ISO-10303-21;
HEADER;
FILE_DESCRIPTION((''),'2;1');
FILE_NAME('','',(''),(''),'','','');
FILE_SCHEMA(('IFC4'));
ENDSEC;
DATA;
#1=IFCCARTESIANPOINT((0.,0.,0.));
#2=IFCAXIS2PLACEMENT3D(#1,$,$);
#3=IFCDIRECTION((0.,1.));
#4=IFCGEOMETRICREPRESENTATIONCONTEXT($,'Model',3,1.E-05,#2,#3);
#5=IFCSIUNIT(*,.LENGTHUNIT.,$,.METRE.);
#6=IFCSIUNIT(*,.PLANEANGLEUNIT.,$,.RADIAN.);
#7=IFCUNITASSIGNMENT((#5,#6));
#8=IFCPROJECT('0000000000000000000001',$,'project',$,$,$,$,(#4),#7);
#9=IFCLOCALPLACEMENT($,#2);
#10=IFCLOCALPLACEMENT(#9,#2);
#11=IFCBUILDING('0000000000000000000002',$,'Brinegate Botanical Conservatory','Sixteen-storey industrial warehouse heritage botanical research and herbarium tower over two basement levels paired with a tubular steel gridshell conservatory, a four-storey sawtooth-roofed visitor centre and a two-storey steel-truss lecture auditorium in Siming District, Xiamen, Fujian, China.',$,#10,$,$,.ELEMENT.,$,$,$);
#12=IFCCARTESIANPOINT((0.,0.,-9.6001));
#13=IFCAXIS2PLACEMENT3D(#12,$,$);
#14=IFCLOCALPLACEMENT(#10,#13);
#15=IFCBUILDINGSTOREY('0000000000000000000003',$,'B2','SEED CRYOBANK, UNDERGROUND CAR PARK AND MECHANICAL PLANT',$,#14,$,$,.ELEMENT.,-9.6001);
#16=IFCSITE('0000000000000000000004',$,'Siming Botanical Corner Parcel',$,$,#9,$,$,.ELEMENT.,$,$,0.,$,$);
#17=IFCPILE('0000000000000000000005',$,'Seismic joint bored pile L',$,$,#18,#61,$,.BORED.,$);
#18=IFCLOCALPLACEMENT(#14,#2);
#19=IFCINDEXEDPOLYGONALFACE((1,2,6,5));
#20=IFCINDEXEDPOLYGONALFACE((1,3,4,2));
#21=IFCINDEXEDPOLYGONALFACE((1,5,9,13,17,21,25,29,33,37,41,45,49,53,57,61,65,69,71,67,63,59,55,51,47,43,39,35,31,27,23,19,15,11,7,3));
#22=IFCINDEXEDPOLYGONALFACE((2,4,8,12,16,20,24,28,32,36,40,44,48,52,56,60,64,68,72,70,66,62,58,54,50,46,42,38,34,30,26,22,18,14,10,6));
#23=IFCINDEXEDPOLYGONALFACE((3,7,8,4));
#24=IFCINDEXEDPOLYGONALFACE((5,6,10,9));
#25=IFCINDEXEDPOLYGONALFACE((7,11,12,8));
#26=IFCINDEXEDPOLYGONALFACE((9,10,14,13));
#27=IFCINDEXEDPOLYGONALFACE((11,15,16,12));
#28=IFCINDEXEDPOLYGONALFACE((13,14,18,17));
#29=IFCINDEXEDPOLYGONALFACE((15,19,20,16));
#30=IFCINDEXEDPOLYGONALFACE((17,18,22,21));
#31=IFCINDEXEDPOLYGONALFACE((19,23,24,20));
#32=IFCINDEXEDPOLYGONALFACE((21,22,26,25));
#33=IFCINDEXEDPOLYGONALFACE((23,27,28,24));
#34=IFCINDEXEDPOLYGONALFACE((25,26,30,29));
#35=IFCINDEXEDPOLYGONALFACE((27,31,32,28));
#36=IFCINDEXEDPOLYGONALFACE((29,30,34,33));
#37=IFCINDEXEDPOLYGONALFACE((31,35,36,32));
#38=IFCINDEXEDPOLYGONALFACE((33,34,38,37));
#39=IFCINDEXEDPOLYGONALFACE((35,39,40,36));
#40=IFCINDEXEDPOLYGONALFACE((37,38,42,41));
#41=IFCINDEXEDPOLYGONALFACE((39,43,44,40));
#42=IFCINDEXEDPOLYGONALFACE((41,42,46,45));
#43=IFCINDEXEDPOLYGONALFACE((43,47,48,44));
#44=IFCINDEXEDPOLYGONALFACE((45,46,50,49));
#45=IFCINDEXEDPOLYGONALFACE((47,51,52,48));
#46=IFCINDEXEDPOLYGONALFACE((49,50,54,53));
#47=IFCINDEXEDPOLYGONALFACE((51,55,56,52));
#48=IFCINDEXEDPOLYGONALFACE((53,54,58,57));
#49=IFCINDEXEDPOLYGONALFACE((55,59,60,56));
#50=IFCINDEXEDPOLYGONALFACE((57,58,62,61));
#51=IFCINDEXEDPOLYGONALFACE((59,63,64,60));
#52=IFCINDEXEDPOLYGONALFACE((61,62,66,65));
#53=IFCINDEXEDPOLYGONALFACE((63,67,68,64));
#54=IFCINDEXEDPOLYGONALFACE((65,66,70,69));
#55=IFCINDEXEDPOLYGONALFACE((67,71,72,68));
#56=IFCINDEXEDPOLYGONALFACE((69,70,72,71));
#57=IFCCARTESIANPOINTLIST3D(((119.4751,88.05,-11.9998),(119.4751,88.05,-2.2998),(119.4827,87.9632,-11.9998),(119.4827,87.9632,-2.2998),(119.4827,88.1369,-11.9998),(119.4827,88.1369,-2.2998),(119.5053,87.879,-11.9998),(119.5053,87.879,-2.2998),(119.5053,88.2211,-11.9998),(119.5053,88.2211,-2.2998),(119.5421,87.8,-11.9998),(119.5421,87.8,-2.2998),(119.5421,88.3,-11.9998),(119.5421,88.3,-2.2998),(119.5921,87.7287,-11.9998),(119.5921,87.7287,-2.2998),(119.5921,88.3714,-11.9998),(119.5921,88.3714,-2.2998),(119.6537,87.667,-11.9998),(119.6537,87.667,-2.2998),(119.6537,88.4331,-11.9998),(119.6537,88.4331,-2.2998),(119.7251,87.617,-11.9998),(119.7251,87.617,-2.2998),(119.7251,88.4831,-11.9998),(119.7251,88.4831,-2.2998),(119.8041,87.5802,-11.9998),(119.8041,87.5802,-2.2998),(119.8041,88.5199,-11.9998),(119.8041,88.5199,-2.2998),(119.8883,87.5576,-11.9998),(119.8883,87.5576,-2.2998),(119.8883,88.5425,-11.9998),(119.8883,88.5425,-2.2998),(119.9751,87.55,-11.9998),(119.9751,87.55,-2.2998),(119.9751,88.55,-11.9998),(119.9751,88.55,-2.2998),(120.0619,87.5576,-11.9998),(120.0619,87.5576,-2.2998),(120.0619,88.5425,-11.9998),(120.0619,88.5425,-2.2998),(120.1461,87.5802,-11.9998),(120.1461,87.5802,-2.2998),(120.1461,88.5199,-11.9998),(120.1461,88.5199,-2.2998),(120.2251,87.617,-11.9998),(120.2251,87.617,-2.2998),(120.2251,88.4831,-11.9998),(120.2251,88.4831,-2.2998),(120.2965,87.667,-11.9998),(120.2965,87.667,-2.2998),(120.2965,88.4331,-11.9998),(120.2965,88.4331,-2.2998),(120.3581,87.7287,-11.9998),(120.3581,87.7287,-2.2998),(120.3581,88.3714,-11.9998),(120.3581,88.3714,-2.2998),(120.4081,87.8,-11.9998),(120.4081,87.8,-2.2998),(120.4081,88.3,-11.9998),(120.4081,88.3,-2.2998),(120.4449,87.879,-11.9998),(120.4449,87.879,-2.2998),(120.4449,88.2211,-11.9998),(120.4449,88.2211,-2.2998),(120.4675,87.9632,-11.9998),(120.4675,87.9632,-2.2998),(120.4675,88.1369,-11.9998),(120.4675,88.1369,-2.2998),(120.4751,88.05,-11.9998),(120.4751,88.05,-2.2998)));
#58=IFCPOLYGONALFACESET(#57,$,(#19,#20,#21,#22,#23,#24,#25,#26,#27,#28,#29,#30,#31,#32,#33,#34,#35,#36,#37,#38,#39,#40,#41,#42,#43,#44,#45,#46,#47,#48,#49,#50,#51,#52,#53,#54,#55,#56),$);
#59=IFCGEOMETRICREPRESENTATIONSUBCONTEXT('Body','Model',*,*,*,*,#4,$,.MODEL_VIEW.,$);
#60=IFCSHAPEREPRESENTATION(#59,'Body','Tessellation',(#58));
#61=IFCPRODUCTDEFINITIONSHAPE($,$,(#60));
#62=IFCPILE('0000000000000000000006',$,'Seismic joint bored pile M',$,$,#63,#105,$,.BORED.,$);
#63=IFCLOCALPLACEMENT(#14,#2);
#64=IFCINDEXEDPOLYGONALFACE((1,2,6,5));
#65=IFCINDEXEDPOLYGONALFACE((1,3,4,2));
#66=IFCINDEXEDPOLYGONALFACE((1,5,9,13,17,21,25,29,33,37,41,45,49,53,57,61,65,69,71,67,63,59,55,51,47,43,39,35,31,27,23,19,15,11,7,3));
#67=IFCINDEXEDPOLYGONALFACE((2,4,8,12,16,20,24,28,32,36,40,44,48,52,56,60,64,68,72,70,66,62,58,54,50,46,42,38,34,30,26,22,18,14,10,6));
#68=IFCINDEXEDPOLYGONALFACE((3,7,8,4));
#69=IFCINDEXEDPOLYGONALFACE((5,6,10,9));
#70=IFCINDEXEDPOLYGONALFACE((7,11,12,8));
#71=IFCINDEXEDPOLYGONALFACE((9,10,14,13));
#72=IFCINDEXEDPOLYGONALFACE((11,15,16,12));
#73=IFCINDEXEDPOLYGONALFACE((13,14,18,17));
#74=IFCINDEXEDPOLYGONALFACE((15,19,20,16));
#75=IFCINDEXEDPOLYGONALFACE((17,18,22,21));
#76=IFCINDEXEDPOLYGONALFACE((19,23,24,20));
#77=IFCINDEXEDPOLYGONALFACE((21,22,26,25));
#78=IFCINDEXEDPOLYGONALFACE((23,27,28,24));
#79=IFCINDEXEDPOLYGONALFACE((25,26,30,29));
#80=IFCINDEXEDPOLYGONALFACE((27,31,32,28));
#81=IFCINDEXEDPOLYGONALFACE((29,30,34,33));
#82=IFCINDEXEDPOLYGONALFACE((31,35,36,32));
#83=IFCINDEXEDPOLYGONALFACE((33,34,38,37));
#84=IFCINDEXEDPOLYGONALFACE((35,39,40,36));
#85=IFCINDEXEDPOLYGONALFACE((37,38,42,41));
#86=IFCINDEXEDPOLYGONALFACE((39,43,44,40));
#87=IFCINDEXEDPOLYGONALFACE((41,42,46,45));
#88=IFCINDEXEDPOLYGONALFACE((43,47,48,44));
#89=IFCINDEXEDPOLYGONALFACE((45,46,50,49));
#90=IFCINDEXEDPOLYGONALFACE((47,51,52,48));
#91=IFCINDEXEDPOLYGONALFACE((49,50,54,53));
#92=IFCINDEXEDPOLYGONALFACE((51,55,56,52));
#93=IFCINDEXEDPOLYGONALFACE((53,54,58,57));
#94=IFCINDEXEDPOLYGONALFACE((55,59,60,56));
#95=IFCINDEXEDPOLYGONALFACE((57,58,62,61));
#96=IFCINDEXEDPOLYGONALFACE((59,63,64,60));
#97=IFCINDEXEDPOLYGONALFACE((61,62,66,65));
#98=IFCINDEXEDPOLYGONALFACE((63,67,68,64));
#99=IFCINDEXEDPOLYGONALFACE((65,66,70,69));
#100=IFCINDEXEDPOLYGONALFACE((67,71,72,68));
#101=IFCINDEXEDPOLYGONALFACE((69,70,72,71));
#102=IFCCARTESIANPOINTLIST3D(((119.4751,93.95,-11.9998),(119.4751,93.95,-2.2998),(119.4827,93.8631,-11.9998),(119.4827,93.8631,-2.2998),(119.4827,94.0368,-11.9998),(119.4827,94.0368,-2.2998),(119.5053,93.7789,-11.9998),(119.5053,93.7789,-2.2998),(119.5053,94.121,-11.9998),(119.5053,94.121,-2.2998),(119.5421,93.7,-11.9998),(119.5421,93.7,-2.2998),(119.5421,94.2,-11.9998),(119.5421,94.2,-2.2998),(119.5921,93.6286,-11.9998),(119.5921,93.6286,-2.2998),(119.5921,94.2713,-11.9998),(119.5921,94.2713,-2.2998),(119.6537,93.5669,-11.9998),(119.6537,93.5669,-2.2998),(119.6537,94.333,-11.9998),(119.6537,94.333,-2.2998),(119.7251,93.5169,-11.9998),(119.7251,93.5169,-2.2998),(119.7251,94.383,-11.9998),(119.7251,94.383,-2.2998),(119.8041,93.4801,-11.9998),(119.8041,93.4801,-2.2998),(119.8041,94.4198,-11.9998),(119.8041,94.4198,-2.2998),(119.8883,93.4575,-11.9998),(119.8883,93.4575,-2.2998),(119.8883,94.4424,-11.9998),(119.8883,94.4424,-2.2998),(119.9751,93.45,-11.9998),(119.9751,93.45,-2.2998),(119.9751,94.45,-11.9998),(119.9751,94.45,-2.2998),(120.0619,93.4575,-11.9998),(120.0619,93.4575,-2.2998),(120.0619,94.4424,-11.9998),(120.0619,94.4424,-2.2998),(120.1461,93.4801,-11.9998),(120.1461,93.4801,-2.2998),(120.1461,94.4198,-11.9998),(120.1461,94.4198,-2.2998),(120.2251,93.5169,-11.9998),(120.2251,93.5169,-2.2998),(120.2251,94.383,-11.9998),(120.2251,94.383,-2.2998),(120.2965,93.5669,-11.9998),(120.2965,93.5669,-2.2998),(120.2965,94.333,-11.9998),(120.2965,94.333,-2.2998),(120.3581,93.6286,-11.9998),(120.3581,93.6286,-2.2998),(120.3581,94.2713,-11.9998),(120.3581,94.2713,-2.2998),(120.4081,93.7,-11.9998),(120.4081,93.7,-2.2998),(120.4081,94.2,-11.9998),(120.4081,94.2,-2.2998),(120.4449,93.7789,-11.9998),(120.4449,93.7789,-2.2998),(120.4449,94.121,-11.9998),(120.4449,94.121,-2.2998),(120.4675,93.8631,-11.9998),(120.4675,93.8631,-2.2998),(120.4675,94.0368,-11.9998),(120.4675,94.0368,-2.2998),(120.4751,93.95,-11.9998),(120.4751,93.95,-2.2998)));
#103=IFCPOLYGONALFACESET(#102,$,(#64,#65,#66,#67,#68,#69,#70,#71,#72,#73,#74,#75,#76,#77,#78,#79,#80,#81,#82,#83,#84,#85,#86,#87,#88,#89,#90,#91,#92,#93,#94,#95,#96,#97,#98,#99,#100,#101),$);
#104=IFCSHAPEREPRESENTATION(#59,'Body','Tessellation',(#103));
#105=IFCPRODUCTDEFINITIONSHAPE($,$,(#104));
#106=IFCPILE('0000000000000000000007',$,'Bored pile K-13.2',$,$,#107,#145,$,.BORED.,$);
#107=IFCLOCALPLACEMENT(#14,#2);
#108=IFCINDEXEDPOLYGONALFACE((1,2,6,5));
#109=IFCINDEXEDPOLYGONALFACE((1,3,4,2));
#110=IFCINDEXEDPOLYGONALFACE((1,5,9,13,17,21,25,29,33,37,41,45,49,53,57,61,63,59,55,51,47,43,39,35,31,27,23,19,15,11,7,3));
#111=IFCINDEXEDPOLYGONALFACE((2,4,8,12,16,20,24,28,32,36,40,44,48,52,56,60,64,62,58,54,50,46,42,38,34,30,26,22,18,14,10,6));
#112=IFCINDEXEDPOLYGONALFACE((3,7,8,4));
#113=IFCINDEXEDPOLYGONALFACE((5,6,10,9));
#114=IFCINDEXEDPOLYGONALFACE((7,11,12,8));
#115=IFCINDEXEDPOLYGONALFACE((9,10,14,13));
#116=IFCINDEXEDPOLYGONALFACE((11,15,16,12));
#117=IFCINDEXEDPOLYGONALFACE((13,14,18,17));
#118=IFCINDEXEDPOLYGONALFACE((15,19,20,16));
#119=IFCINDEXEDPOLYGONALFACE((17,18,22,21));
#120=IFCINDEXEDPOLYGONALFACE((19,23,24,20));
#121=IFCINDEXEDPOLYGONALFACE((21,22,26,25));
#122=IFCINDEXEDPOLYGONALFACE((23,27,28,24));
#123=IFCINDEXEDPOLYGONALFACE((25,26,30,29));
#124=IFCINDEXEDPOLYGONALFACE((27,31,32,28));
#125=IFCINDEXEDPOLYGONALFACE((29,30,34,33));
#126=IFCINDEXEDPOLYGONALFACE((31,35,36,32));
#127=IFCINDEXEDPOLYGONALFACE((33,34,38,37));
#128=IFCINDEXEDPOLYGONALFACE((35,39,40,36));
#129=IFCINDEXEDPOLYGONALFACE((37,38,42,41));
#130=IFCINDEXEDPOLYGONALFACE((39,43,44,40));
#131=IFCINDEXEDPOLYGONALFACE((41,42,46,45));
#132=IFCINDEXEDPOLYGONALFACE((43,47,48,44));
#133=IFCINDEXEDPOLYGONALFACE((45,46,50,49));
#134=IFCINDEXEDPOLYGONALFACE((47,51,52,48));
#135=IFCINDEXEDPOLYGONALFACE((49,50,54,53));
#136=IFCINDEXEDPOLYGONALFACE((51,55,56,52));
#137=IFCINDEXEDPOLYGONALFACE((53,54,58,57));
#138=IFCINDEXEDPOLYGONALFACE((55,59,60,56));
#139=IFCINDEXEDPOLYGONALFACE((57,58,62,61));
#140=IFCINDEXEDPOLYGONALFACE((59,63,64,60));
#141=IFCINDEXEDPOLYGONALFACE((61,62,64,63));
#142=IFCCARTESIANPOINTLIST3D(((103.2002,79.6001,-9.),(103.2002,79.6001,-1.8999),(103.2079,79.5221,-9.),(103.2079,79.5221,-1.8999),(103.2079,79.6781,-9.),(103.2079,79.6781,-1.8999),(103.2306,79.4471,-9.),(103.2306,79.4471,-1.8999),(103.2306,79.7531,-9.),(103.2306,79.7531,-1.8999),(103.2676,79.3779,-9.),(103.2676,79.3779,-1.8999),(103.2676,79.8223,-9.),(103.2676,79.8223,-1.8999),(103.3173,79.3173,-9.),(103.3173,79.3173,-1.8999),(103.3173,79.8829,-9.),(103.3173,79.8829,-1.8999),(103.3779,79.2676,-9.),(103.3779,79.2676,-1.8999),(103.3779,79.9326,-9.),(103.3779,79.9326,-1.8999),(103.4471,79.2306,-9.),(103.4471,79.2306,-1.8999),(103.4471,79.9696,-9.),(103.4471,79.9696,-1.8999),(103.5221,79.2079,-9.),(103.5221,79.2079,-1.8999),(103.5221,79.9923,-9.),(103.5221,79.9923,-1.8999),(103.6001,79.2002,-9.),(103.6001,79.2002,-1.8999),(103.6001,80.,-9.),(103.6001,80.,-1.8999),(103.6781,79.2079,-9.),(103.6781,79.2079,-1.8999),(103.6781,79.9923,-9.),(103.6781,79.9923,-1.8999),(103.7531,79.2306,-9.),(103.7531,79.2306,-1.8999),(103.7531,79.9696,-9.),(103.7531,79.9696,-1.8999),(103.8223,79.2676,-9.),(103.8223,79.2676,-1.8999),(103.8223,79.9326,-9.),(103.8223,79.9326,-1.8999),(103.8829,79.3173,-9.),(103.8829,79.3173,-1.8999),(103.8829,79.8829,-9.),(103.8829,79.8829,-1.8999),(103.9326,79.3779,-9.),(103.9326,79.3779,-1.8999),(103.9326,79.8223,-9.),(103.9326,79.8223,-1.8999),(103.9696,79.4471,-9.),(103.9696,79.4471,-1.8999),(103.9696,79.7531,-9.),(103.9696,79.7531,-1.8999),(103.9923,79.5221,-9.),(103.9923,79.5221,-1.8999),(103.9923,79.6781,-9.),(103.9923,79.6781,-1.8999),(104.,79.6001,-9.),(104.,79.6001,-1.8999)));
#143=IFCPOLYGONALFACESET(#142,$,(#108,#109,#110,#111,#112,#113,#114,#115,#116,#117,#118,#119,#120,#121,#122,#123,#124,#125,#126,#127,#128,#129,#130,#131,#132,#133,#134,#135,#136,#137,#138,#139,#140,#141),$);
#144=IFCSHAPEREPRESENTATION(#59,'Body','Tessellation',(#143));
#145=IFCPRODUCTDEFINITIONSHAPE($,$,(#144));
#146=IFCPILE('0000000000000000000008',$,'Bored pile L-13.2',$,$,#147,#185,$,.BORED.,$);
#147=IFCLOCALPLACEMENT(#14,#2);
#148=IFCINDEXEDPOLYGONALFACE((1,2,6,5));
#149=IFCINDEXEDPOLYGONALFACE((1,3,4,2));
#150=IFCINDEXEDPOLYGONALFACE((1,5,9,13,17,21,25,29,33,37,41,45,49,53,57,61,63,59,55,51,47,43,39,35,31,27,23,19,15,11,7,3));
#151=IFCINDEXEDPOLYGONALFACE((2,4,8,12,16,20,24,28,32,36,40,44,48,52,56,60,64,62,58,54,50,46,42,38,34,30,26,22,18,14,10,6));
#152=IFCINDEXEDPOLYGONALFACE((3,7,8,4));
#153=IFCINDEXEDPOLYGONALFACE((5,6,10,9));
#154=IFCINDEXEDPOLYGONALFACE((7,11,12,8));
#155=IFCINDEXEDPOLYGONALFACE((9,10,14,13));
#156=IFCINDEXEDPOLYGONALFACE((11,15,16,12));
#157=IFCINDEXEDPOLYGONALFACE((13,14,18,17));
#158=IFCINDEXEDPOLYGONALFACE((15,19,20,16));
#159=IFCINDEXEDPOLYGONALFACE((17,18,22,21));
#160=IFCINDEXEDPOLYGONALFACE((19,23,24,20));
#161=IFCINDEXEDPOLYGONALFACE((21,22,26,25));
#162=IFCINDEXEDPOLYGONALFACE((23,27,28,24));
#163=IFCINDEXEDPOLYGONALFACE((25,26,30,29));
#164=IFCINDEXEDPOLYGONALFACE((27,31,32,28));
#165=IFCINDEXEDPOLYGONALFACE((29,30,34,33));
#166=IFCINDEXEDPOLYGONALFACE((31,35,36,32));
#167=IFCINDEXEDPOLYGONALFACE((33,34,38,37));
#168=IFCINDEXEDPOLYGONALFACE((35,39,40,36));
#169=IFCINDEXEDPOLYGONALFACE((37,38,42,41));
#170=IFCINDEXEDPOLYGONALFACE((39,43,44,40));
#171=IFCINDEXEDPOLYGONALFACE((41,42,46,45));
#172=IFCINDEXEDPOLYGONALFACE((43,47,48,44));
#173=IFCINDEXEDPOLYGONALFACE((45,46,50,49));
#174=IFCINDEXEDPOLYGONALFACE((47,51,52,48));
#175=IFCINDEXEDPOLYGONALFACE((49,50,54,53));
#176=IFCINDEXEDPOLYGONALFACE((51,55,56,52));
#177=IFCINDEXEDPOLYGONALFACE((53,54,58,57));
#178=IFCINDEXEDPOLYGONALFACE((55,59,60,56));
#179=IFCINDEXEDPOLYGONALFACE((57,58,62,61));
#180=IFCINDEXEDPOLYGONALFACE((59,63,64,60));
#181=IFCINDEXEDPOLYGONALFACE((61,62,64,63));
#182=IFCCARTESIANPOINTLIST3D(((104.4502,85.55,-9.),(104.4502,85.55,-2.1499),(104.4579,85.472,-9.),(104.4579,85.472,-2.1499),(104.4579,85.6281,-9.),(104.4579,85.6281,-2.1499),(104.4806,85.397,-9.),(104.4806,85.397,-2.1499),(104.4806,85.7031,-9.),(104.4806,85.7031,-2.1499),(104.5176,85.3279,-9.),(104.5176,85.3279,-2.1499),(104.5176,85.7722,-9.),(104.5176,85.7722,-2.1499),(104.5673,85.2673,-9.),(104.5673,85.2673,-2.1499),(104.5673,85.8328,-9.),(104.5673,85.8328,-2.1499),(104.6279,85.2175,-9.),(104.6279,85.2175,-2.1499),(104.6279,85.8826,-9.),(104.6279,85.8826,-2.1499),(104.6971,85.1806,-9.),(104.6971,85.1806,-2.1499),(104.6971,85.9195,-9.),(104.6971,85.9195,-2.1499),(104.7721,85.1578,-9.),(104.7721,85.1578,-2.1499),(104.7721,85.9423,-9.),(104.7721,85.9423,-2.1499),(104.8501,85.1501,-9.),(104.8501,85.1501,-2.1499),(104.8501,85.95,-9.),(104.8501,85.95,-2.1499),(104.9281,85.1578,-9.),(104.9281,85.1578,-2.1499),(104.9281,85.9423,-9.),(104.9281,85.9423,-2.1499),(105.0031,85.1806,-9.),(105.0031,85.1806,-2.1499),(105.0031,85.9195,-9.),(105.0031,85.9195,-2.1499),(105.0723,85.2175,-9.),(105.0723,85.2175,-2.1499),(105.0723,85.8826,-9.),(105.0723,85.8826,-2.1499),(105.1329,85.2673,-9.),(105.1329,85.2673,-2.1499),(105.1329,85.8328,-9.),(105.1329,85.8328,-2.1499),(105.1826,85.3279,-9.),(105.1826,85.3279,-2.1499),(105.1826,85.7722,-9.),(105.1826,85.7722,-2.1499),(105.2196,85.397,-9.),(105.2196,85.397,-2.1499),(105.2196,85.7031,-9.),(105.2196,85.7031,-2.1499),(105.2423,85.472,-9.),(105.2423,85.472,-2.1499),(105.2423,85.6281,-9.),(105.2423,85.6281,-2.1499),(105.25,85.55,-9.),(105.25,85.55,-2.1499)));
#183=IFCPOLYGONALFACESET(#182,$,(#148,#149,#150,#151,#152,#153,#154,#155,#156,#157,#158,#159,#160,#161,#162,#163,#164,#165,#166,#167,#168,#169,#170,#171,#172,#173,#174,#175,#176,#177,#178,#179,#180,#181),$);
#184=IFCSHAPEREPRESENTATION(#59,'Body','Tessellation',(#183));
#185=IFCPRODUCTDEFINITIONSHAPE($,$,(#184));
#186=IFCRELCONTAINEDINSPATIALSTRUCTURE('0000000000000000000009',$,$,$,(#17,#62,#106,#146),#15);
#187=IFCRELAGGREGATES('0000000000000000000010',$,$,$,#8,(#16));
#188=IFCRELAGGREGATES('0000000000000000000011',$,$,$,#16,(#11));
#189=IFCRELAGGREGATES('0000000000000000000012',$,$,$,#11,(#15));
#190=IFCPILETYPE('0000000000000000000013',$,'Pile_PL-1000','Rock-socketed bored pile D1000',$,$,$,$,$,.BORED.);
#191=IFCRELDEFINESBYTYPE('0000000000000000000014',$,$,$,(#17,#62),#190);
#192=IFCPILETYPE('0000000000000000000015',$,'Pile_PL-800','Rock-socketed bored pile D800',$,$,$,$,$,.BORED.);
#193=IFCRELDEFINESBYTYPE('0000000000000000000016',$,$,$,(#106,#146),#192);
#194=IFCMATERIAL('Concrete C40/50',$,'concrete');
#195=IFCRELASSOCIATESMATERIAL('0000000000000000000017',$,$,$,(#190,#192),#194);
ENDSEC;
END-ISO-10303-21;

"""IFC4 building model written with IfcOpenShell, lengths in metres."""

from ifc_helpers import new_model, si_unit, direction, frame, origin, origin_2d, place, context, subcontext, project, spatial, circle, extrude, material, material_profile, profile_set, type_object, element, save


model = new_model("IFC4")

# Units and contexts
model_context = context("Model", 3, precision=1e-05, world=origin(), true_north=direction((0.0, 1.0)))
body_context = subcontext(model_context, "Body", "Model", "MODEL_VIEW")
ifc_project = project(units=[si_unit("LENGTHUNIT", "METRE"), si_unit("PLANEANGLEUNIT", "RADIAN")], contexts=[model_context])

# Site, building, storey
site_placement = place(None, origin())
site = spatial("IfcSite", under=ifc_project, at=site_placement, Name="Siming Botanical Corner Parcel", CompositionType="ELEMENT", RefElevation=0.0)
building_placement = place(site_placement, origin())
building = spatial("IfcBuilding", under=site, at=building_placement, Name="Brinegate Botanical Conservatory", Description="Sixteen-storey industrial warehouse heritage botanical research and herbarium tower over two basement levels paired with a tubular steel gridshell conservatory, a four-storey sawtooth-roofed visitor centre and a two-storey steel-truss lecture auditorium in Siming District, Xiamen, Fujian, China.", CompositionType="ELEMENT")
storey_placement = place(building_placement, frame((0.0, 0.0, -9.6001)))
storey = spatial("IfcBuildingStorey", under=building, at=storey_placement, Name="B2", Description="SEED CRYOBANK, UNDERGROUND CAR PARK AND MECHANICAL PLANT", CompositionType="ELEMENT", Elevation=-9.6001)

# Shared definitions
ifc_material = material(Name="Concrete C40/50", Category="concrete")

# Piles
ifc_material_profile_1 = material_profile(ifc_material, circle(Radius=0.5, at=origin_2d()), Name="PILE D1000")
ifc_profile_set_1 = profile_set([ifc_material_profile_1], Name="Concrete C40/50")
pile_type_1 = type_object("IfcPileType", Name="Pile_PL-1000", Description="Rock-socketed bored pile D1000", PredefinedType="BORED", material=ifc_profile_set_1)
for number, where, z_axis, x_axis, name in (
    (1, (119.9751, 88.05, -2.2998), (0.0, 0.0, -1.0), (1.0, 0.0, 0.0), "Seismic joint bored pile L"),
    (2, (119.9751, 93.95, -2.2998), (0.0, 0.0, -1.0), (1.0, 0.0, 0.0), "Seismic joint bored pile M"),
):
    element("IfcPile", number, at=place(storey_placement, frame(where, z_axis=z_axis, x_axis=x_axis)), inside=storey, type_object=pile_type_1, Name=name, PredefinedType="BORED", context=body_context, shape_type="SweptSolid", body=[
        extrude(circle(Radius=0.5, at=origin_2d()), origin(), (0.0, 0.0, 1.0), 9.7),
    ])
ifc_material_profile_2 = material_profile(ifc_material, circle(Radius=0.3999, at=origin_2d()), Name="PILE D800")
ifc_profile_set_2 = profile_set([ifc_material_profile_2], Name="Concrete C40/50")
pile_type_2 = type_object("IfcPileType", Name="Pile_PL-800", Description="Rock-socketed bored pile D800", PredefinedType="BORED", material=ifc_profile_set_2)
pile_placement = place(storey_placement, frame((103.6001, 79.6001, -1.8999), z_axis=(0.0, 0.0, -1.0), x_axis=(1.0, 0.0, 0.0)))
element("IfcPile", 3, at=pile_placement, inside=storey, type_object=pile_type_2, Name="Bored pile K-13.2", PredefinedType="BORED", context=body_context, shape_type="SweptSolid", body=[
    extrude(circle(Radius=0.3999, at=origin_2d()), origin(), (0.0, 0.0, 1.0), 7.1001),
])
for number, where, z_axis, x_axis, name in (
    (4, (104.8501, 85.55, -2.1499), (0.0, 0.0, -1.0), (1.0, 0.0, 0.0), "Bored pile L-13.2"),
):
    element("IfcPile", number, at=place(storey_placement, frame(where, z_axis=z_axis, x_axis=x_axis)), inside=storey, type_object=pile_type_2, Name=name, PredefinedType="BORED", context=body_context, shape_type="SweptSolid", body=[
        extrude(circle(Radius=0.3999, at=origin_2d()), origin(), (0.0, 0.0, 1.0), 6.8501),
    ])

save(model, "model.ifc")
